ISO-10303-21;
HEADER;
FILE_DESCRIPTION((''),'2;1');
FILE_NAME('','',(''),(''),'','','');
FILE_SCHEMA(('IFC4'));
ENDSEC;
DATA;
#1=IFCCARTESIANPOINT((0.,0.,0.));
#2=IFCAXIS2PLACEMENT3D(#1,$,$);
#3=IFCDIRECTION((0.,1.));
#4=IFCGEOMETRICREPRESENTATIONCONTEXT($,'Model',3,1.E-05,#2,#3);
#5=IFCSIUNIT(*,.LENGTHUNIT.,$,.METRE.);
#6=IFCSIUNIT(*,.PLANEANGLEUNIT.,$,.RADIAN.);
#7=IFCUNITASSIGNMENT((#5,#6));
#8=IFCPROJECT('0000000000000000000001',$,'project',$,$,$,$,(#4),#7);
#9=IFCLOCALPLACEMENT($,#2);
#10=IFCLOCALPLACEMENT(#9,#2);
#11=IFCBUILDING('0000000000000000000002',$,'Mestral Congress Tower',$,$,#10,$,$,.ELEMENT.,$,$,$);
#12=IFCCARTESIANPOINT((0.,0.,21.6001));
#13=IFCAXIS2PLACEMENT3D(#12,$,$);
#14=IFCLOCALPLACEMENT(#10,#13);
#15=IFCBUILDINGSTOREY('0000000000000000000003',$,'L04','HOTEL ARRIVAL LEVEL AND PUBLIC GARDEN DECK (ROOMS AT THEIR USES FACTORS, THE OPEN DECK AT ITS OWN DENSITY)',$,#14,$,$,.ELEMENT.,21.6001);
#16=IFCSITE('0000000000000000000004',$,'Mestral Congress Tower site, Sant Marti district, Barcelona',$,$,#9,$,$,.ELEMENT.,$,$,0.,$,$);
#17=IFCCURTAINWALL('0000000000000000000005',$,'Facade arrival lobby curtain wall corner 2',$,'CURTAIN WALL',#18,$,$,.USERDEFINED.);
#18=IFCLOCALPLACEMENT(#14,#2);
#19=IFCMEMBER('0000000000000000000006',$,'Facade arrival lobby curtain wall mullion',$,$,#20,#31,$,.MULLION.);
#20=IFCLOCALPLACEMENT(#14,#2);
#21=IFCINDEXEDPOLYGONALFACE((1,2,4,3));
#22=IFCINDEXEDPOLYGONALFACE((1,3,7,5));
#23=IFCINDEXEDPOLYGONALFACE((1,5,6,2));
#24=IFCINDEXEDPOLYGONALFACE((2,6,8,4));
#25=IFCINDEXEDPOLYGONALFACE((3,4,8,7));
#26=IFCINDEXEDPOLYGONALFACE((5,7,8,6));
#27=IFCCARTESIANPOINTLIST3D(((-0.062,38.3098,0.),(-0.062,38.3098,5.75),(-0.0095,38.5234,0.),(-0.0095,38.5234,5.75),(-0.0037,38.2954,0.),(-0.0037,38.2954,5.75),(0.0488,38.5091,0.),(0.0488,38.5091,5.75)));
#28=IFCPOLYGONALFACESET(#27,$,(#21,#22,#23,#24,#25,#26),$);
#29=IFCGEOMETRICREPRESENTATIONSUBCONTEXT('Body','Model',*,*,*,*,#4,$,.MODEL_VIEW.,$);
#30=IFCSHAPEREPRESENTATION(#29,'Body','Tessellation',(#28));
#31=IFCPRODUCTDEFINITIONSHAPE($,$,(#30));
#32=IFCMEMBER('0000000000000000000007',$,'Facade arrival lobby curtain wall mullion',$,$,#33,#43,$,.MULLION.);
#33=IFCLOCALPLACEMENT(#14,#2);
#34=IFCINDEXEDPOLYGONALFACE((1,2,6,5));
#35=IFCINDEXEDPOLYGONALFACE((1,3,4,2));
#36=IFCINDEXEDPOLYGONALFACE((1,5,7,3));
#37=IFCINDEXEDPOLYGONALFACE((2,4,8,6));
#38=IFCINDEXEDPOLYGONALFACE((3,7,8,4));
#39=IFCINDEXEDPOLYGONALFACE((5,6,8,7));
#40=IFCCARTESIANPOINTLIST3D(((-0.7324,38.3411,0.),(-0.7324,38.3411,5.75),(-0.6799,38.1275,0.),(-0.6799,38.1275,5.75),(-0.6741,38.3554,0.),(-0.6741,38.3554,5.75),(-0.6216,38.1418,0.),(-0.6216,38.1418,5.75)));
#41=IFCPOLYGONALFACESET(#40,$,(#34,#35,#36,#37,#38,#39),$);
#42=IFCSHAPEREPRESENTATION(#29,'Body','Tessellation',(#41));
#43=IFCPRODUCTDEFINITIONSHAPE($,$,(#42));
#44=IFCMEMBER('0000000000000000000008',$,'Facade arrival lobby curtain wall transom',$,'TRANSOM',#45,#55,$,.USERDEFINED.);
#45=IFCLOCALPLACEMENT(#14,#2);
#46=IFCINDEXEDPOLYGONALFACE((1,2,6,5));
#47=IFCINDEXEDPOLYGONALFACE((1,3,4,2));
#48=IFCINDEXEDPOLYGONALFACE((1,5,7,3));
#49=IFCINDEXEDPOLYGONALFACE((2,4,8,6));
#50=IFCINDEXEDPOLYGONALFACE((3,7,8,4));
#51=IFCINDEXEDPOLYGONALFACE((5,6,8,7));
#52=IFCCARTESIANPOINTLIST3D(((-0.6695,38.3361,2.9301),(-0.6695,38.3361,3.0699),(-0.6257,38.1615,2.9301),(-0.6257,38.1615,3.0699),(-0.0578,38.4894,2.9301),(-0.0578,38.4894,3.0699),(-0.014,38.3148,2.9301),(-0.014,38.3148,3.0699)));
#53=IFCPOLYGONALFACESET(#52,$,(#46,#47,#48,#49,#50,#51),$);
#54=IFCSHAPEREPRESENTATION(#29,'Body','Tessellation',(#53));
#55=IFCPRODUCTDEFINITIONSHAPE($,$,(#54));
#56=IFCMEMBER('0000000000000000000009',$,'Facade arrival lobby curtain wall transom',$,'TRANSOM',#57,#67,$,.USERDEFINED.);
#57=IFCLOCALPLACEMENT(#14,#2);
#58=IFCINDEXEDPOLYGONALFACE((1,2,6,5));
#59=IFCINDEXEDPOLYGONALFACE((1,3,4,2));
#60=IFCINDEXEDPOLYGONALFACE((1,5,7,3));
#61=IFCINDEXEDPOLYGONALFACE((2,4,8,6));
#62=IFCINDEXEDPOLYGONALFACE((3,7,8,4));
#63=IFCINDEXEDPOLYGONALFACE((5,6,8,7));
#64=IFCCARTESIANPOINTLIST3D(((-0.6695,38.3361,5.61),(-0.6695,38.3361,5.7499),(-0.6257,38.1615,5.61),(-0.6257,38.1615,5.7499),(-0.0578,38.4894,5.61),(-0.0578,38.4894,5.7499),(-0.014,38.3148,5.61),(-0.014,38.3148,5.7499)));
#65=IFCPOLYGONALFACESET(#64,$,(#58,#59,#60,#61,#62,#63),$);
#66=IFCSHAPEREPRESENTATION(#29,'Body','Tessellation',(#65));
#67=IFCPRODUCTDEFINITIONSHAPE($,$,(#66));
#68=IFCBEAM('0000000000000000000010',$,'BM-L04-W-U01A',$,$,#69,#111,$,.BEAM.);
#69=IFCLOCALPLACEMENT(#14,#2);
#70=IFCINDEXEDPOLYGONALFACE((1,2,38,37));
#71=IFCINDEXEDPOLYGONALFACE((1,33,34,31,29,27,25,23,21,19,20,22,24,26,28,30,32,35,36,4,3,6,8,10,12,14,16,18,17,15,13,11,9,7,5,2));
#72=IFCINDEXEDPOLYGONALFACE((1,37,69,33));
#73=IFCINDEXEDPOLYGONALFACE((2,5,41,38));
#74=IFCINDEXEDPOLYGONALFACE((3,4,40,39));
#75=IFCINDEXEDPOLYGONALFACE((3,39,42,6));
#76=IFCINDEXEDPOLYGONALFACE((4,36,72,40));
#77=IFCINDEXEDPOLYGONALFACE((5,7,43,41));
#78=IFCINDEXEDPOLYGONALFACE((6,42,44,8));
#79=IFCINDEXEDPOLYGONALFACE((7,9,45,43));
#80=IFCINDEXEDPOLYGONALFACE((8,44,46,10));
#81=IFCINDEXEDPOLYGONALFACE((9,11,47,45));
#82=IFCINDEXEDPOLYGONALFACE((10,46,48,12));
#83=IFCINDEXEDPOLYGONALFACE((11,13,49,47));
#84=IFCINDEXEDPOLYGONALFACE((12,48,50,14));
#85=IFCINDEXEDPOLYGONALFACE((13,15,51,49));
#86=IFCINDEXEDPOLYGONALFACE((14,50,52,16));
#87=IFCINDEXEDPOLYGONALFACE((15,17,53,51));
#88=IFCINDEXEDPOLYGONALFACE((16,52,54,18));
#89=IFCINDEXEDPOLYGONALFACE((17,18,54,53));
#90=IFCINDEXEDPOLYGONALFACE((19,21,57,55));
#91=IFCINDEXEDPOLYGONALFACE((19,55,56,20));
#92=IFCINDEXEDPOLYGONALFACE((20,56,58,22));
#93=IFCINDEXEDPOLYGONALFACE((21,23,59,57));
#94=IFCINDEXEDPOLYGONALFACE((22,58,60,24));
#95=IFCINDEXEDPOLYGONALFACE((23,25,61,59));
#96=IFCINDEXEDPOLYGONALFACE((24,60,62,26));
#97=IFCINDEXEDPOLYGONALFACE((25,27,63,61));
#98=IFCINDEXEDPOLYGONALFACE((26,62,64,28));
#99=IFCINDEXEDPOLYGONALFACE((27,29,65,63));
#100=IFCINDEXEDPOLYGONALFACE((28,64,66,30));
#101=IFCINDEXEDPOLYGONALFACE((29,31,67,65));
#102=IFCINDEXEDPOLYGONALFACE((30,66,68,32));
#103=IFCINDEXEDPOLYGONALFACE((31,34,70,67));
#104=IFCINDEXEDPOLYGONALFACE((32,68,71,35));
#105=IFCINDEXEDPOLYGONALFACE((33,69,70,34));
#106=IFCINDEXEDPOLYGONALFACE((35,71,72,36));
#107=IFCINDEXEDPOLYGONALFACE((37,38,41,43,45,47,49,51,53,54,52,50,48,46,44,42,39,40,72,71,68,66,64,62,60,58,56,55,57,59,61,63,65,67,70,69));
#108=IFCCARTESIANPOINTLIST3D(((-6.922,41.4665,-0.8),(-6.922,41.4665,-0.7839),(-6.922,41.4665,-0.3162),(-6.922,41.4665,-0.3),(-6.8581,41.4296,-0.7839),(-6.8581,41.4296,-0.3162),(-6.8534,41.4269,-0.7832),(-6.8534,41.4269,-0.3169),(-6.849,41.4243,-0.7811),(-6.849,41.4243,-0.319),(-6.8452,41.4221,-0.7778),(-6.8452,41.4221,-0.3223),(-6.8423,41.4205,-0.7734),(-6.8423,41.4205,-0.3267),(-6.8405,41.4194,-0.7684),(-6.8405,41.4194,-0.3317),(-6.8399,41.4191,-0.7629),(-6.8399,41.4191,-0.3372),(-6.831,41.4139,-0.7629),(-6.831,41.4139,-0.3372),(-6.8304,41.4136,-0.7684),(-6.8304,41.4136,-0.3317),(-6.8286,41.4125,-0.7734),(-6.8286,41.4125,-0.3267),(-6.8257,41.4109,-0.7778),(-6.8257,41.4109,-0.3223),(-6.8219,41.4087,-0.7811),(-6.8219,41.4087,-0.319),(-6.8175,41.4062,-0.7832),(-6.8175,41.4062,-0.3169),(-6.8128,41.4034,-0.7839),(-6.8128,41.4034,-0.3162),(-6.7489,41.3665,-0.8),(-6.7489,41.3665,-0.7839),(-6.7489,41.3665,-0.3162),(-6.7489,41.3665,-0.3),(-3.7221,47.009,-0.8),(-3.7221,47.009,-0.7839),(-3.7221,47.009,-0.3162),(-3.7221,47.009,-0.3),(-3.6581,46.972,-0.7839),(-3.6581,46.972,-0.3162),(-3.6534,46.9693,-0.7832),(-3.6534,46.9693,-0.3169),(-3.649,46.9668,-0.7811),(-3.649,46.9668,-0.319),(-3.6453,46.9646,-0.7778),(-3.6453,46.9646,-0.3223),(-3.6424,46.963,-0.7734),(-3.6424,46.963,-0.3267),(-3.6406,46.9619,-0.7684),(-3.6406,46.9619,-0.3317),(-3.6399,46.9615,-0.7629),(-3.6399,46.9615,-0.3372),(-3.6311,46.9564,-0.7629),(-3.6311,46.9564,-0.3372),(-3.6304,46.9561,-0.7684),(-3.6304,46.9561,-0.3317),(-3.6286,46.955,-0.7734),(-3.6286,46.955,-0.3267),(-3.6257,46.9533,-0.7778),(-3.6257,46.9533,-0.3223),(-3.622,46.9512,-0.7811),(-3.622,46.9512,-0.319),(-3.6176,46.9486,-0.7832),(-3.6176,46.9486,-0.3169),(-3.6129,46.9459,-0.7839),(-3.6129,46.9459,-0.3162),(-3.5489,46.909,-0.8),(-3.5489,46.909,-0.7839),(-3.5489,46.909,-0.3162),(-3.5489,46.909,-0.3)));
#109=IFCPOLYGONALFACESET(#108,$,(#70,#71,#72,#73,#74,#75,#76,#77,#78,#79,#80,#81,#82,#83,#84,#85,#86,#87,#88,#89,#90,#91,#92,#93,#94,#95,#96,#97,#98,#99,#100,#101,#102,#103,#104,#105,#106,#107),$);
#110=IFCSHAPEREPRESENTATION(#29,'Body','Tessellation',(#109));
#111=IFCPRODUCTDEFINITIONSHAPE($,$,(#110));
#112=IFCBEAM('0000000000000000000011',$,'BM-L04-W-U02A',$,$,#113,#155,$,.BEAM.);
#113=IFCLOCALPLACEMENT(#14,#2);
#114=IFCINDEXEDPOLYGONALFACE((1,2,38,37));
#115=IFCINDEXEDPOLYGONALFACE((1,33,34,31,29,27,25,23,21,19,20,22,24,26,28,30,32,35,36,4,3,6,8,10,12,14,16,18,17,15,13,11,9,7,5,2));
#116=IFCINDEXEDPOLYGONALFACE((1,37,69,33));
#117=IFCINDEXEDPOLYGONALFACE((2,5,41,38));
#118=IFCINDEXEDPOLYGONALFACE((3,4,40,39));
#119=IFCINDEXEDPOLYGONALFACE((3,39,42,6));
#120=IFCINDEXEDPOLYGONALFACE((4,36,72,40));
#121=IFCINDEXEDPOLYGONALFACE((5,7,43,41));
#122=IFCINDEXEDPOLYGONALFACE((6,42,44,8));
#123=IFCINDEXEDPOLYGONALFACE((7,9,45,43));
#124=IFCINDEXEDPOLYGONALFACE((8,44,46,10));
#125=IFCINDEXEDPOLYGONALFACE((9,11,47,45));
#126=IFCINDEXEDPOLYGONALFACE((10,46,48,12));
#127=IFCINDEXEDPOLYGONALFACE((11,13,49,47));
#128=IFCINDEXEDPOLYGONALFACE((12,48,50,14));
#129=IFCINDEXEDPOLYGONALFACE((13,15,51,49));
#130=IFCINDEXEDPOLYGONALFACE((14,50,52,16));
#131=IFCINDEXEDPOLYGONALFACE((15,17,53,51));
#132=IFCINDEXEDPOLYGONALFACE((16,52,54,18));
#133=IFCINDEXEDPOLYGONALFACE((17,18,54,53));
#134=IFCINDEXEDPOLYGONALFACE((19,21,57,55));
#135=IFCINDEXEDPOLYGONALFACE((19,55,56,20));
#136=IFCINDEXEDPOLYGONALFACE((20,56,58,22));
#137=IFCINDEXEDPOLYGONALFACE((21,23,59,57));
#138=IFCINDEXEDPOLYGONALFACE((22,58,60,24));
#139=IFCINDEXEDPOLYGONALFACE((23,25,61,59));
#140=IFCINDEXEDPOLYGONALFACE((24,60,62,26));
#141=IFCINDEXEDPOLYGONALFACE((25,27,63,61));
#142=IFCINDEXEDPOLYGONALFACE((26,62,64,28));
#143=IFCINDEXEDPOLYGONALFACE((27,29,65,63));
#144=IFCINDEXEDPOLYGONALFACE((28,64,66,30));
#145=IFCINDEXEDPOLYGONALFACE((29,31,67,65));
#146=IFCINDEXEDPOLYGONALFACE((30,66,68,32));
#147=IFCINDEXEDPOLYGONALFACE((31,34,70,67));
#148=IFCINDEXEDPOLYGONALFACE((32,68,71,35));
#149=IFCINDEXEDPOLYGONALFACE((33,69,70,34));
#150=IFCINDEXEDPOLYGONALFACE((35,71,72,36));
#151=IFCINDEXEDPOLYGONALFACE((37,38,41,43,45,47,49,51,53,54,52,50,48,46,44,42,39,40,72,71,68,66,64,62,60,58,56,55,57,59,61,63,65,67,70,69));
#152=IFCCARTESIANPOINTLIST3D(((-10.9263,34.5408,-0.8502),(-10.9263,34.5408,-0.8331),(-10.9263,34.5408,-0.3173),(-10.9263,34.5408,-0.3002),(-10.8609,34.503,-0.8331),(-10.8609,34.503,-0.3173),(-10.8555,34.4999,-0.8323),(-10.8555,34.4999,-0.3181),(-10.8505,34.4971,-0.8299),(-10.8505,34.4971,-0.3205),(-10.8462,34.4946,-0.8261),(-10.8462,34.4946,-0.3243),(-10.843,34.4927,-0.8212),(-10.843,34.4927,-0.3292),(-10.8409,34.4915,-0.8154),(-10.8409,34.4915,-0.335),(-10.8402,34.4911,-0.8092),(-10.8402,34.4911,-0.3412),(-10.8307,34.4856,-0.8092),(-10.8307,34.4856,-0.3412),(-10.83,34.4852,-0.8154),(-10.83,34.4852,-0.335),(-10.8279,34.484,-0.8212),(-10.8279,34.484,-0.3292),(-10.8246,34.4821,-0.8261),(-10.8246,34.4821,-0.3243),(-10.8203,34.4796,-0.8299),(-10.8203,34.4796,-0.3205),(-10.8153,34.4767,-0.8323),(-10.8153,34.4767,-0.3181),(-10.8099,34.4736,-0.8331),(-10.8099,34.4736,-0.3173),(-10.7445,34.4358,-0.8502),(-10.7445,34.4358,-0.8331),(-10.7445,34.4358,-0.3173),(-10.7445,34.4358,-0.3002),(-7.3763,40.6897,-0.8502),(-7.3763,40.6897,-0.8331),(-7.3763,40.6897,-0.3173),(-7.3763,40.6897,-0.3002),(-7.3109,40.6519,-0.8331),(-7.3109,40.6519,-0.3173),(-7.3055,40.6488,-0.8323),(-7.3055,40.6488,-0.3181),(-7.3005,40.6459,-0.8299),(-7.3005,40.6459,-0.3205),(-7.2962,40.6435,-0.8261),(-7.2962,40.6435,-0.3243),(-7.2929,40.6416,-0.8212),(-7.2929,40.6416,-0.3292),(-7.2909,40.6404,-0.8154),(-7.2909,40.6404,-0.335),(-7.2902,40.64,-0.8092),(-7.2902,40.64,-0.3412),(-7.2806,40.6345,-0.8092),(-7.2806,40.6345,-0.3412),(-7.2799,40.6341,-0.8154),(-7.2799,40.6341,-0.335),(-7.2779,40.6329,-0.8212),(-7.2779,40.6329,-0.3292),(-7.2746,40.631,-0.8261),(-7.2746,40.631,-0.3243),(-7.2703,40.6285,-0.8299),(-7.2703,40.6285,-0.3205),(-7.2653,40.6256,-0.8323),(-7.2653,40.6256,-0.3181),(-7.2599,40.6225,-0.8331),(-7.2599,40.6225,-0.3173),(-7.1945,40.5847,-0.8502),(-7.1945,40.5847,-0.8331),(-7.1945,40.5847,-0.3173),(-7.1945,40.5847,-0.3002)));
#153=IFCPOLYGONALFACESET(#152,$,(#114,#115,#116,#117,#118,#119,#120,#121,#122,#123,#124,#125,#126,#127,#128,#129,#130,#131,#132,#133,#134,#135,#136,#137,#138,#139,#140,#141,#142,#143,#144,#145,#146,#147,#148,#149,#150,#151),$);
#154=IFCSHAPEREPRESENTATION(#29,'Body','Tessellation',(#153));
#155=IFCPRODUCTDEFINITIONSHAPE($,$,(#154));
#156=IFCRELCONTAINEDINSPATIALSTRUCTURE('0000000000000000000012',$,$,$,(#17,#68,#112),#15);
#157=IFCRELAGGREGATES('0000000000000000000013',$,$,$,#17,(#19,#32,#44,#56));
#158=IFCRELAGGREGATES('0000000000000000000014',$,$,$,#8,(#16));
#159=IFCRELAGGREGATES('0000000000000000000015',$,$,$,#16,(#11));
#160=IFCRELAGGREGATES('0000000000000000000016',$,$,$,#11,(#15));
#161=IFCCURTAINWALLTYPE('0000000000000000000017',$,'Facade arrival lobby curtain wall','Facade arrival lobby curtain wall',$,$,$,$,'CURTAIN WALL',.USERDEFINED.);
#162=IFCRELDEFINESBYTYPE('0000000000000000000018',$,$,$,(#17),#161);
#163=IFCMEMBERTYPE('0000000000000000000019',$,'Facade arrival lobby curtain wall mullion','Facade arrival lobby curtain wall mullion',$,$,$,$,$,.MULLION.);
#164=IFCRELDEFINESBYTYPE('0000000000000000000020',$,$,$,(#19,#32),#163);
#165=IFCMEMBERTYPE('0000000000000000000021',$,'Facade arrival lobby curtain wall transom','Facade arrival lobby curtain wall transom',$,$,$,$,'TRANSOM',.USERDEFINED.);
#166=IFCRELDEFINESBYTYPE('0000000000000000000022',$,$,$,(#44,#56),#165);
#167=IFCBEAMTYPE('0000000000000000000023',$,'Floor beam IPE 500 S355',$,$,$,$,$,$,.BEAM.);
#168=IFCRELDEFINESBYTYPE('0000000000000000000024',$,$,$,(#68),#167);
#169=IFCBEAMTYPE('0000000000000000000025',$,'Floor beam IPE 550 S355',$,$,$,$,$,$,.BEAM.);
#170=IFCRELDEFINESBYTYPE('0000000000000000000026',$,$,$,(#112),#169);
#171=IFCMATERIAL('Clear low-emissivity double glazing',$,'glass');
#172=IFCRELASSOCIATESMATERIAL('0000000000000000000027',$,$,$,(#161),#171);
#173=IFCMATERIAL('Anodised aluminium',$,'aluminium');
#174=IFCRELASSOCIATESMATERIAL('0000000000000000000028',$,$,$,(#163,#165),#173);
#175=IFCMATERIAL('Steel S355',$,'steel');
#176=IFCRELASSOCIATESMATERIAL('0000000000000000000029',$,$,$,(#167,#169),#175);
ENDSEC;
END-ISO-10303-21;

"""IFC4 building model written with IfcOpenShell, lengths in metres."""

from ifc_helpers import new_model, si_unit, direction, frame, origin, origin_2d, place, context, subcontext, project, spatial, rectangle, i_section, extrude, material, material_profile, profile_set, type_object, element, aggregate, save


model = new_model("IFC4")

# Units and contexts
model_context = context("Model", 3, precision=1e-05, world=origin(), true_north=direction((0.0, 1.0)))
body_context = subcontext(model_context, "Body", "Model", "MODEL_VIEW")
ifc_project = project(units=[si_unit("LENGTHUNIT", "METRE"), si_unit("PLANEANGLEUNIT", "RADIAN")], contexts=[model_context])

# Site, building, storey
site_placement = place(None, origin())
site = spatial("IfcSite", under=ifc_project, at=site_placement, Name="Mestral Congress Tower site, Sant Marti district, Barcelona", CompositionType="ELEMENT", RefElevation=0.0)
building_placement = place(site_placement, origin())
building = spatial("IfcBuilding", under=site, at=building_placement, Name="Mestral Congress Tower", CompositionType="ELEMENT")
storey_placement = place(building_placement, frame((0.0, 0.0, 21.6001)))
storey = spatial("IfcBuildingStorey", under=building, at=storey_placement, Name="L04", Description="HOTEL ARRIVAL LEVEL AND PUBLIC GARDEN DECK (ROOMS AT THEIR USES FACTORS, THE OPEN DECK AT ITS OWN DENSITY)", CompositionType="ELEMENT", Elevation=21.6001)

# Curtain wall, members
ifc_material_1 = material(Name="Clear low-emissivity double glazing", Category="glass")
curtain_wall_type = type_object("IfcCurtainWallType", Name="Facade arrival lobby curtain wall", Description="Facade arrival lobby curtain wall", ElementType="CURTAIN WALL", PredefinedType="USERDEFINED", material=ifc_material_1)
curtain_wall_placement = place(storey_placement, origin())
curtain_wall = element("IfcCurtainWall", 1, at=curtain_wall_placement, inside=storey, type_object=curtain_wall_type, Name="Facade arrival lobby curtain wall corner 2", ObjectType="CURTAIN WALL", PredefinedType="USERDEFINED")
ifc_material_2 = material(Name="Anodised aluminium", Category="aluminium")
ifc_material_profile_1 = material_profile(ifc_material_2, rectangle(XDim=0.22, YDim=0.0601, at=origin_2d()), Name="CW4 mullion 220 x 60")
ifc_profile_set_1 = profile_set([ifc_material_profile_1], Name="Anodised aluminium")
member_type_1 = type_object("IfcMemberType", Name="Facade arrival lobby curtain wall mullion", Description="Facade arrival lobby curtain wall mullion", PredefinedType="MULLION", material=ifc_profile_set_1)
member_1_placement = place(storey_placement, frame((-0.0066, 38.4094, 0.0), z_axis=(0.0, 0.0, 1.0), x_axis=(0.238667, 0.971101, 0.0)))
member_1 = element("IfcMember", 2, at=member_1_placement, type_object=member_type_1, Name="Facade arrival lobby curtain wall mullion", PredefinedType="MULLION", context=body_context, shape_type="SweptSolid", body=[
    extrude(rectangle(XDim=0.22, YDim=0.0601, at=origin_2d()), origin(), (0.0, 0.0, 1.0), 5.75),
])
member_2_placement = place(storey_placement, frame((-0.677, 38.2415, 0.0), z_axis=(0.0, 0.0, 1.0), x_axis=(-0.238667, 0.971101, 0.0)))
member_2 = element("IfcMember", 3, at=member_2_placement, type_object=member_type_1, Name="Facade arrival lobby curtain wall mullion", PredefinedType="MULLION", context=body_context, shape_type="SweptSolid", body=[
    extrude(rectangle(XDim=0.22, YDim=0.0601, at=origin_2d()), origin(), (0.0, 0.0, 1.0), 5.75),
])
ifc_material_profile_2 = material_profile(ifc_material_2, rectangle(XDim=0.1799, YDim=0.1399, at=origin_2d()), Name="CW4 transom 180 x 140")
ifc_profile_set_2 = profile_set([ifc_material_profile_2], Name="Anodised aluminium")
member_type_2 = type_object("IfcMemberType", Name="Facade arrival lobby curtain wall transom", Description="Facade arrival lobby curtain wall transom", ElementType="TRANSOM", PredefinedType="USERDEFINED", material=ifc_profile_set_2)
member_3_placement = place(storey_placement, frame((-0.0359, 38.4021, 3.0), z_axis=(-0.970006, -0.243082, 0.0), x_axis=(0.243082, -0.970006, 0.0)))
member_3 = element("IfcMember", 4, at=member_3_placement, type_object=member_type_2, Name="Facade arrival lobby curtain wall transom", ObjectType="TRANSOM", PredefinedType="USERDEFINED", context=body_context, shape_type="SweptSolid", body=[
    extrude(rectangle(XDim=0.1799, YDim=0.1399, at=origin_2d()), origin(), (0.0, 0.0, 1.0), 0.6306),
])
member_4_placement = place(storey_placement, frame((-0.0359, 38.4021, 5.6799), z_axis=(-0.970006, -0.243082, 0.0), x_axis=(0.243082, -0.970006, 0.0)))
member_4 = element("IfcMember", 5, at=member_4_placement, type_object=member_type_2, Name="Facade arrival lobby curtain wall transom", ObjectType="TRANSOM", PredefinedType="USERDEFINED", context=body_context, shape_type="SweptSolid", body=[
    extrude(rectangle(XDim=0.1799, YDim=0.1399, at=origin_2d()), origin(), (0.0, 0.0, 1.0), 0.6306),
])

# Beams
ifc_material_3 = material(Name="Steel S355", Category="steel")
ifc_material_profile_3 = material_profile(ifc_material_3, i_section(OverallWidth=0.2, OverallDepth=0.5, WebThickness=0.0103, FlangeThickness=0.0161, FilletRadius=0.021, at=origin_2d()), Name="IPE 500")
ifc_profile_set_3 = profile_set([ifc_material_profile_3], Name="Steel S355")
beam_type_1 = type_object("IfcBeamType", Name="Floor beam IPE 500 S355", PredefinedType="BEAM", material=ifc_profile_set_3)
beam_1_placement = place(storey_placement, frame((-3.6355, 46.959, -0.55), z_axis=(-0.5, -0.866025, 0.0), x_axis=(0.866025, -0.5, 0.0)))
element("IfcBeam", 6, at=beam_1_placement, inside=storey, type_object=beam_type_1, Name="BM-L04-W-U01A", PredefinedType="BEAM", context=body_context, shape_type="SweptSolid", body=[
    extrude(i_section(OverallWidth=0.2, OverallDepth=0.5, WebThickness=0.0103, FlangeThickness=0.0161, FilletRadius=0.021, at=origin_2d()), origin(), (0.0, 0.0, 1.0), 6.3999),
])
ifc_material_profile_4 = material_profile(ifc_material_3, i_section(OverallWidth=0.21, OverallDepth=0.55, WebThickness=0.011, FlangeThickness=0.0171, FilletRadius=0.0239, at=origin_2d()), Name="IPE 550")
ifc_profile_set_4 = profile_set([ifc_material_profile_4], Name="Steel S355")
beam_type_2 = type_object("IfcBeamType", Name="Floor beam IPE 550 S355", PredefinedType="BEAM", material=ifc_profile_set_4)
beam_2_placement = place(storey_placement, frame((-7.2854, 40.6372, -0.5752), z_axis=(-0.499996, -0.866028, 0.0), x_axis=(0.866028, -0.499996, 0.0)))
element("IfcBeam", 7, at=beam_2_placement, inside=storey, type_object=beam_type_2, Name="BM-L04-W-U02A", PredefinedType="BEAM", context=body_context, shape_type="SweptSolid", body=[
    extrude(i_section(OverallWidth=0.21, OverallDepth=0.55, WebThickness=0.011, FlangeThickness=0.0171, FilletRadius=0.0239, at=origin_2d()), origin(), (0.0, 0.0, 1.0), 7.1001),
])

aggregate(curtain_wall, [member_1, member_2, member_3, member_4])

save(model, "model.ifc")
